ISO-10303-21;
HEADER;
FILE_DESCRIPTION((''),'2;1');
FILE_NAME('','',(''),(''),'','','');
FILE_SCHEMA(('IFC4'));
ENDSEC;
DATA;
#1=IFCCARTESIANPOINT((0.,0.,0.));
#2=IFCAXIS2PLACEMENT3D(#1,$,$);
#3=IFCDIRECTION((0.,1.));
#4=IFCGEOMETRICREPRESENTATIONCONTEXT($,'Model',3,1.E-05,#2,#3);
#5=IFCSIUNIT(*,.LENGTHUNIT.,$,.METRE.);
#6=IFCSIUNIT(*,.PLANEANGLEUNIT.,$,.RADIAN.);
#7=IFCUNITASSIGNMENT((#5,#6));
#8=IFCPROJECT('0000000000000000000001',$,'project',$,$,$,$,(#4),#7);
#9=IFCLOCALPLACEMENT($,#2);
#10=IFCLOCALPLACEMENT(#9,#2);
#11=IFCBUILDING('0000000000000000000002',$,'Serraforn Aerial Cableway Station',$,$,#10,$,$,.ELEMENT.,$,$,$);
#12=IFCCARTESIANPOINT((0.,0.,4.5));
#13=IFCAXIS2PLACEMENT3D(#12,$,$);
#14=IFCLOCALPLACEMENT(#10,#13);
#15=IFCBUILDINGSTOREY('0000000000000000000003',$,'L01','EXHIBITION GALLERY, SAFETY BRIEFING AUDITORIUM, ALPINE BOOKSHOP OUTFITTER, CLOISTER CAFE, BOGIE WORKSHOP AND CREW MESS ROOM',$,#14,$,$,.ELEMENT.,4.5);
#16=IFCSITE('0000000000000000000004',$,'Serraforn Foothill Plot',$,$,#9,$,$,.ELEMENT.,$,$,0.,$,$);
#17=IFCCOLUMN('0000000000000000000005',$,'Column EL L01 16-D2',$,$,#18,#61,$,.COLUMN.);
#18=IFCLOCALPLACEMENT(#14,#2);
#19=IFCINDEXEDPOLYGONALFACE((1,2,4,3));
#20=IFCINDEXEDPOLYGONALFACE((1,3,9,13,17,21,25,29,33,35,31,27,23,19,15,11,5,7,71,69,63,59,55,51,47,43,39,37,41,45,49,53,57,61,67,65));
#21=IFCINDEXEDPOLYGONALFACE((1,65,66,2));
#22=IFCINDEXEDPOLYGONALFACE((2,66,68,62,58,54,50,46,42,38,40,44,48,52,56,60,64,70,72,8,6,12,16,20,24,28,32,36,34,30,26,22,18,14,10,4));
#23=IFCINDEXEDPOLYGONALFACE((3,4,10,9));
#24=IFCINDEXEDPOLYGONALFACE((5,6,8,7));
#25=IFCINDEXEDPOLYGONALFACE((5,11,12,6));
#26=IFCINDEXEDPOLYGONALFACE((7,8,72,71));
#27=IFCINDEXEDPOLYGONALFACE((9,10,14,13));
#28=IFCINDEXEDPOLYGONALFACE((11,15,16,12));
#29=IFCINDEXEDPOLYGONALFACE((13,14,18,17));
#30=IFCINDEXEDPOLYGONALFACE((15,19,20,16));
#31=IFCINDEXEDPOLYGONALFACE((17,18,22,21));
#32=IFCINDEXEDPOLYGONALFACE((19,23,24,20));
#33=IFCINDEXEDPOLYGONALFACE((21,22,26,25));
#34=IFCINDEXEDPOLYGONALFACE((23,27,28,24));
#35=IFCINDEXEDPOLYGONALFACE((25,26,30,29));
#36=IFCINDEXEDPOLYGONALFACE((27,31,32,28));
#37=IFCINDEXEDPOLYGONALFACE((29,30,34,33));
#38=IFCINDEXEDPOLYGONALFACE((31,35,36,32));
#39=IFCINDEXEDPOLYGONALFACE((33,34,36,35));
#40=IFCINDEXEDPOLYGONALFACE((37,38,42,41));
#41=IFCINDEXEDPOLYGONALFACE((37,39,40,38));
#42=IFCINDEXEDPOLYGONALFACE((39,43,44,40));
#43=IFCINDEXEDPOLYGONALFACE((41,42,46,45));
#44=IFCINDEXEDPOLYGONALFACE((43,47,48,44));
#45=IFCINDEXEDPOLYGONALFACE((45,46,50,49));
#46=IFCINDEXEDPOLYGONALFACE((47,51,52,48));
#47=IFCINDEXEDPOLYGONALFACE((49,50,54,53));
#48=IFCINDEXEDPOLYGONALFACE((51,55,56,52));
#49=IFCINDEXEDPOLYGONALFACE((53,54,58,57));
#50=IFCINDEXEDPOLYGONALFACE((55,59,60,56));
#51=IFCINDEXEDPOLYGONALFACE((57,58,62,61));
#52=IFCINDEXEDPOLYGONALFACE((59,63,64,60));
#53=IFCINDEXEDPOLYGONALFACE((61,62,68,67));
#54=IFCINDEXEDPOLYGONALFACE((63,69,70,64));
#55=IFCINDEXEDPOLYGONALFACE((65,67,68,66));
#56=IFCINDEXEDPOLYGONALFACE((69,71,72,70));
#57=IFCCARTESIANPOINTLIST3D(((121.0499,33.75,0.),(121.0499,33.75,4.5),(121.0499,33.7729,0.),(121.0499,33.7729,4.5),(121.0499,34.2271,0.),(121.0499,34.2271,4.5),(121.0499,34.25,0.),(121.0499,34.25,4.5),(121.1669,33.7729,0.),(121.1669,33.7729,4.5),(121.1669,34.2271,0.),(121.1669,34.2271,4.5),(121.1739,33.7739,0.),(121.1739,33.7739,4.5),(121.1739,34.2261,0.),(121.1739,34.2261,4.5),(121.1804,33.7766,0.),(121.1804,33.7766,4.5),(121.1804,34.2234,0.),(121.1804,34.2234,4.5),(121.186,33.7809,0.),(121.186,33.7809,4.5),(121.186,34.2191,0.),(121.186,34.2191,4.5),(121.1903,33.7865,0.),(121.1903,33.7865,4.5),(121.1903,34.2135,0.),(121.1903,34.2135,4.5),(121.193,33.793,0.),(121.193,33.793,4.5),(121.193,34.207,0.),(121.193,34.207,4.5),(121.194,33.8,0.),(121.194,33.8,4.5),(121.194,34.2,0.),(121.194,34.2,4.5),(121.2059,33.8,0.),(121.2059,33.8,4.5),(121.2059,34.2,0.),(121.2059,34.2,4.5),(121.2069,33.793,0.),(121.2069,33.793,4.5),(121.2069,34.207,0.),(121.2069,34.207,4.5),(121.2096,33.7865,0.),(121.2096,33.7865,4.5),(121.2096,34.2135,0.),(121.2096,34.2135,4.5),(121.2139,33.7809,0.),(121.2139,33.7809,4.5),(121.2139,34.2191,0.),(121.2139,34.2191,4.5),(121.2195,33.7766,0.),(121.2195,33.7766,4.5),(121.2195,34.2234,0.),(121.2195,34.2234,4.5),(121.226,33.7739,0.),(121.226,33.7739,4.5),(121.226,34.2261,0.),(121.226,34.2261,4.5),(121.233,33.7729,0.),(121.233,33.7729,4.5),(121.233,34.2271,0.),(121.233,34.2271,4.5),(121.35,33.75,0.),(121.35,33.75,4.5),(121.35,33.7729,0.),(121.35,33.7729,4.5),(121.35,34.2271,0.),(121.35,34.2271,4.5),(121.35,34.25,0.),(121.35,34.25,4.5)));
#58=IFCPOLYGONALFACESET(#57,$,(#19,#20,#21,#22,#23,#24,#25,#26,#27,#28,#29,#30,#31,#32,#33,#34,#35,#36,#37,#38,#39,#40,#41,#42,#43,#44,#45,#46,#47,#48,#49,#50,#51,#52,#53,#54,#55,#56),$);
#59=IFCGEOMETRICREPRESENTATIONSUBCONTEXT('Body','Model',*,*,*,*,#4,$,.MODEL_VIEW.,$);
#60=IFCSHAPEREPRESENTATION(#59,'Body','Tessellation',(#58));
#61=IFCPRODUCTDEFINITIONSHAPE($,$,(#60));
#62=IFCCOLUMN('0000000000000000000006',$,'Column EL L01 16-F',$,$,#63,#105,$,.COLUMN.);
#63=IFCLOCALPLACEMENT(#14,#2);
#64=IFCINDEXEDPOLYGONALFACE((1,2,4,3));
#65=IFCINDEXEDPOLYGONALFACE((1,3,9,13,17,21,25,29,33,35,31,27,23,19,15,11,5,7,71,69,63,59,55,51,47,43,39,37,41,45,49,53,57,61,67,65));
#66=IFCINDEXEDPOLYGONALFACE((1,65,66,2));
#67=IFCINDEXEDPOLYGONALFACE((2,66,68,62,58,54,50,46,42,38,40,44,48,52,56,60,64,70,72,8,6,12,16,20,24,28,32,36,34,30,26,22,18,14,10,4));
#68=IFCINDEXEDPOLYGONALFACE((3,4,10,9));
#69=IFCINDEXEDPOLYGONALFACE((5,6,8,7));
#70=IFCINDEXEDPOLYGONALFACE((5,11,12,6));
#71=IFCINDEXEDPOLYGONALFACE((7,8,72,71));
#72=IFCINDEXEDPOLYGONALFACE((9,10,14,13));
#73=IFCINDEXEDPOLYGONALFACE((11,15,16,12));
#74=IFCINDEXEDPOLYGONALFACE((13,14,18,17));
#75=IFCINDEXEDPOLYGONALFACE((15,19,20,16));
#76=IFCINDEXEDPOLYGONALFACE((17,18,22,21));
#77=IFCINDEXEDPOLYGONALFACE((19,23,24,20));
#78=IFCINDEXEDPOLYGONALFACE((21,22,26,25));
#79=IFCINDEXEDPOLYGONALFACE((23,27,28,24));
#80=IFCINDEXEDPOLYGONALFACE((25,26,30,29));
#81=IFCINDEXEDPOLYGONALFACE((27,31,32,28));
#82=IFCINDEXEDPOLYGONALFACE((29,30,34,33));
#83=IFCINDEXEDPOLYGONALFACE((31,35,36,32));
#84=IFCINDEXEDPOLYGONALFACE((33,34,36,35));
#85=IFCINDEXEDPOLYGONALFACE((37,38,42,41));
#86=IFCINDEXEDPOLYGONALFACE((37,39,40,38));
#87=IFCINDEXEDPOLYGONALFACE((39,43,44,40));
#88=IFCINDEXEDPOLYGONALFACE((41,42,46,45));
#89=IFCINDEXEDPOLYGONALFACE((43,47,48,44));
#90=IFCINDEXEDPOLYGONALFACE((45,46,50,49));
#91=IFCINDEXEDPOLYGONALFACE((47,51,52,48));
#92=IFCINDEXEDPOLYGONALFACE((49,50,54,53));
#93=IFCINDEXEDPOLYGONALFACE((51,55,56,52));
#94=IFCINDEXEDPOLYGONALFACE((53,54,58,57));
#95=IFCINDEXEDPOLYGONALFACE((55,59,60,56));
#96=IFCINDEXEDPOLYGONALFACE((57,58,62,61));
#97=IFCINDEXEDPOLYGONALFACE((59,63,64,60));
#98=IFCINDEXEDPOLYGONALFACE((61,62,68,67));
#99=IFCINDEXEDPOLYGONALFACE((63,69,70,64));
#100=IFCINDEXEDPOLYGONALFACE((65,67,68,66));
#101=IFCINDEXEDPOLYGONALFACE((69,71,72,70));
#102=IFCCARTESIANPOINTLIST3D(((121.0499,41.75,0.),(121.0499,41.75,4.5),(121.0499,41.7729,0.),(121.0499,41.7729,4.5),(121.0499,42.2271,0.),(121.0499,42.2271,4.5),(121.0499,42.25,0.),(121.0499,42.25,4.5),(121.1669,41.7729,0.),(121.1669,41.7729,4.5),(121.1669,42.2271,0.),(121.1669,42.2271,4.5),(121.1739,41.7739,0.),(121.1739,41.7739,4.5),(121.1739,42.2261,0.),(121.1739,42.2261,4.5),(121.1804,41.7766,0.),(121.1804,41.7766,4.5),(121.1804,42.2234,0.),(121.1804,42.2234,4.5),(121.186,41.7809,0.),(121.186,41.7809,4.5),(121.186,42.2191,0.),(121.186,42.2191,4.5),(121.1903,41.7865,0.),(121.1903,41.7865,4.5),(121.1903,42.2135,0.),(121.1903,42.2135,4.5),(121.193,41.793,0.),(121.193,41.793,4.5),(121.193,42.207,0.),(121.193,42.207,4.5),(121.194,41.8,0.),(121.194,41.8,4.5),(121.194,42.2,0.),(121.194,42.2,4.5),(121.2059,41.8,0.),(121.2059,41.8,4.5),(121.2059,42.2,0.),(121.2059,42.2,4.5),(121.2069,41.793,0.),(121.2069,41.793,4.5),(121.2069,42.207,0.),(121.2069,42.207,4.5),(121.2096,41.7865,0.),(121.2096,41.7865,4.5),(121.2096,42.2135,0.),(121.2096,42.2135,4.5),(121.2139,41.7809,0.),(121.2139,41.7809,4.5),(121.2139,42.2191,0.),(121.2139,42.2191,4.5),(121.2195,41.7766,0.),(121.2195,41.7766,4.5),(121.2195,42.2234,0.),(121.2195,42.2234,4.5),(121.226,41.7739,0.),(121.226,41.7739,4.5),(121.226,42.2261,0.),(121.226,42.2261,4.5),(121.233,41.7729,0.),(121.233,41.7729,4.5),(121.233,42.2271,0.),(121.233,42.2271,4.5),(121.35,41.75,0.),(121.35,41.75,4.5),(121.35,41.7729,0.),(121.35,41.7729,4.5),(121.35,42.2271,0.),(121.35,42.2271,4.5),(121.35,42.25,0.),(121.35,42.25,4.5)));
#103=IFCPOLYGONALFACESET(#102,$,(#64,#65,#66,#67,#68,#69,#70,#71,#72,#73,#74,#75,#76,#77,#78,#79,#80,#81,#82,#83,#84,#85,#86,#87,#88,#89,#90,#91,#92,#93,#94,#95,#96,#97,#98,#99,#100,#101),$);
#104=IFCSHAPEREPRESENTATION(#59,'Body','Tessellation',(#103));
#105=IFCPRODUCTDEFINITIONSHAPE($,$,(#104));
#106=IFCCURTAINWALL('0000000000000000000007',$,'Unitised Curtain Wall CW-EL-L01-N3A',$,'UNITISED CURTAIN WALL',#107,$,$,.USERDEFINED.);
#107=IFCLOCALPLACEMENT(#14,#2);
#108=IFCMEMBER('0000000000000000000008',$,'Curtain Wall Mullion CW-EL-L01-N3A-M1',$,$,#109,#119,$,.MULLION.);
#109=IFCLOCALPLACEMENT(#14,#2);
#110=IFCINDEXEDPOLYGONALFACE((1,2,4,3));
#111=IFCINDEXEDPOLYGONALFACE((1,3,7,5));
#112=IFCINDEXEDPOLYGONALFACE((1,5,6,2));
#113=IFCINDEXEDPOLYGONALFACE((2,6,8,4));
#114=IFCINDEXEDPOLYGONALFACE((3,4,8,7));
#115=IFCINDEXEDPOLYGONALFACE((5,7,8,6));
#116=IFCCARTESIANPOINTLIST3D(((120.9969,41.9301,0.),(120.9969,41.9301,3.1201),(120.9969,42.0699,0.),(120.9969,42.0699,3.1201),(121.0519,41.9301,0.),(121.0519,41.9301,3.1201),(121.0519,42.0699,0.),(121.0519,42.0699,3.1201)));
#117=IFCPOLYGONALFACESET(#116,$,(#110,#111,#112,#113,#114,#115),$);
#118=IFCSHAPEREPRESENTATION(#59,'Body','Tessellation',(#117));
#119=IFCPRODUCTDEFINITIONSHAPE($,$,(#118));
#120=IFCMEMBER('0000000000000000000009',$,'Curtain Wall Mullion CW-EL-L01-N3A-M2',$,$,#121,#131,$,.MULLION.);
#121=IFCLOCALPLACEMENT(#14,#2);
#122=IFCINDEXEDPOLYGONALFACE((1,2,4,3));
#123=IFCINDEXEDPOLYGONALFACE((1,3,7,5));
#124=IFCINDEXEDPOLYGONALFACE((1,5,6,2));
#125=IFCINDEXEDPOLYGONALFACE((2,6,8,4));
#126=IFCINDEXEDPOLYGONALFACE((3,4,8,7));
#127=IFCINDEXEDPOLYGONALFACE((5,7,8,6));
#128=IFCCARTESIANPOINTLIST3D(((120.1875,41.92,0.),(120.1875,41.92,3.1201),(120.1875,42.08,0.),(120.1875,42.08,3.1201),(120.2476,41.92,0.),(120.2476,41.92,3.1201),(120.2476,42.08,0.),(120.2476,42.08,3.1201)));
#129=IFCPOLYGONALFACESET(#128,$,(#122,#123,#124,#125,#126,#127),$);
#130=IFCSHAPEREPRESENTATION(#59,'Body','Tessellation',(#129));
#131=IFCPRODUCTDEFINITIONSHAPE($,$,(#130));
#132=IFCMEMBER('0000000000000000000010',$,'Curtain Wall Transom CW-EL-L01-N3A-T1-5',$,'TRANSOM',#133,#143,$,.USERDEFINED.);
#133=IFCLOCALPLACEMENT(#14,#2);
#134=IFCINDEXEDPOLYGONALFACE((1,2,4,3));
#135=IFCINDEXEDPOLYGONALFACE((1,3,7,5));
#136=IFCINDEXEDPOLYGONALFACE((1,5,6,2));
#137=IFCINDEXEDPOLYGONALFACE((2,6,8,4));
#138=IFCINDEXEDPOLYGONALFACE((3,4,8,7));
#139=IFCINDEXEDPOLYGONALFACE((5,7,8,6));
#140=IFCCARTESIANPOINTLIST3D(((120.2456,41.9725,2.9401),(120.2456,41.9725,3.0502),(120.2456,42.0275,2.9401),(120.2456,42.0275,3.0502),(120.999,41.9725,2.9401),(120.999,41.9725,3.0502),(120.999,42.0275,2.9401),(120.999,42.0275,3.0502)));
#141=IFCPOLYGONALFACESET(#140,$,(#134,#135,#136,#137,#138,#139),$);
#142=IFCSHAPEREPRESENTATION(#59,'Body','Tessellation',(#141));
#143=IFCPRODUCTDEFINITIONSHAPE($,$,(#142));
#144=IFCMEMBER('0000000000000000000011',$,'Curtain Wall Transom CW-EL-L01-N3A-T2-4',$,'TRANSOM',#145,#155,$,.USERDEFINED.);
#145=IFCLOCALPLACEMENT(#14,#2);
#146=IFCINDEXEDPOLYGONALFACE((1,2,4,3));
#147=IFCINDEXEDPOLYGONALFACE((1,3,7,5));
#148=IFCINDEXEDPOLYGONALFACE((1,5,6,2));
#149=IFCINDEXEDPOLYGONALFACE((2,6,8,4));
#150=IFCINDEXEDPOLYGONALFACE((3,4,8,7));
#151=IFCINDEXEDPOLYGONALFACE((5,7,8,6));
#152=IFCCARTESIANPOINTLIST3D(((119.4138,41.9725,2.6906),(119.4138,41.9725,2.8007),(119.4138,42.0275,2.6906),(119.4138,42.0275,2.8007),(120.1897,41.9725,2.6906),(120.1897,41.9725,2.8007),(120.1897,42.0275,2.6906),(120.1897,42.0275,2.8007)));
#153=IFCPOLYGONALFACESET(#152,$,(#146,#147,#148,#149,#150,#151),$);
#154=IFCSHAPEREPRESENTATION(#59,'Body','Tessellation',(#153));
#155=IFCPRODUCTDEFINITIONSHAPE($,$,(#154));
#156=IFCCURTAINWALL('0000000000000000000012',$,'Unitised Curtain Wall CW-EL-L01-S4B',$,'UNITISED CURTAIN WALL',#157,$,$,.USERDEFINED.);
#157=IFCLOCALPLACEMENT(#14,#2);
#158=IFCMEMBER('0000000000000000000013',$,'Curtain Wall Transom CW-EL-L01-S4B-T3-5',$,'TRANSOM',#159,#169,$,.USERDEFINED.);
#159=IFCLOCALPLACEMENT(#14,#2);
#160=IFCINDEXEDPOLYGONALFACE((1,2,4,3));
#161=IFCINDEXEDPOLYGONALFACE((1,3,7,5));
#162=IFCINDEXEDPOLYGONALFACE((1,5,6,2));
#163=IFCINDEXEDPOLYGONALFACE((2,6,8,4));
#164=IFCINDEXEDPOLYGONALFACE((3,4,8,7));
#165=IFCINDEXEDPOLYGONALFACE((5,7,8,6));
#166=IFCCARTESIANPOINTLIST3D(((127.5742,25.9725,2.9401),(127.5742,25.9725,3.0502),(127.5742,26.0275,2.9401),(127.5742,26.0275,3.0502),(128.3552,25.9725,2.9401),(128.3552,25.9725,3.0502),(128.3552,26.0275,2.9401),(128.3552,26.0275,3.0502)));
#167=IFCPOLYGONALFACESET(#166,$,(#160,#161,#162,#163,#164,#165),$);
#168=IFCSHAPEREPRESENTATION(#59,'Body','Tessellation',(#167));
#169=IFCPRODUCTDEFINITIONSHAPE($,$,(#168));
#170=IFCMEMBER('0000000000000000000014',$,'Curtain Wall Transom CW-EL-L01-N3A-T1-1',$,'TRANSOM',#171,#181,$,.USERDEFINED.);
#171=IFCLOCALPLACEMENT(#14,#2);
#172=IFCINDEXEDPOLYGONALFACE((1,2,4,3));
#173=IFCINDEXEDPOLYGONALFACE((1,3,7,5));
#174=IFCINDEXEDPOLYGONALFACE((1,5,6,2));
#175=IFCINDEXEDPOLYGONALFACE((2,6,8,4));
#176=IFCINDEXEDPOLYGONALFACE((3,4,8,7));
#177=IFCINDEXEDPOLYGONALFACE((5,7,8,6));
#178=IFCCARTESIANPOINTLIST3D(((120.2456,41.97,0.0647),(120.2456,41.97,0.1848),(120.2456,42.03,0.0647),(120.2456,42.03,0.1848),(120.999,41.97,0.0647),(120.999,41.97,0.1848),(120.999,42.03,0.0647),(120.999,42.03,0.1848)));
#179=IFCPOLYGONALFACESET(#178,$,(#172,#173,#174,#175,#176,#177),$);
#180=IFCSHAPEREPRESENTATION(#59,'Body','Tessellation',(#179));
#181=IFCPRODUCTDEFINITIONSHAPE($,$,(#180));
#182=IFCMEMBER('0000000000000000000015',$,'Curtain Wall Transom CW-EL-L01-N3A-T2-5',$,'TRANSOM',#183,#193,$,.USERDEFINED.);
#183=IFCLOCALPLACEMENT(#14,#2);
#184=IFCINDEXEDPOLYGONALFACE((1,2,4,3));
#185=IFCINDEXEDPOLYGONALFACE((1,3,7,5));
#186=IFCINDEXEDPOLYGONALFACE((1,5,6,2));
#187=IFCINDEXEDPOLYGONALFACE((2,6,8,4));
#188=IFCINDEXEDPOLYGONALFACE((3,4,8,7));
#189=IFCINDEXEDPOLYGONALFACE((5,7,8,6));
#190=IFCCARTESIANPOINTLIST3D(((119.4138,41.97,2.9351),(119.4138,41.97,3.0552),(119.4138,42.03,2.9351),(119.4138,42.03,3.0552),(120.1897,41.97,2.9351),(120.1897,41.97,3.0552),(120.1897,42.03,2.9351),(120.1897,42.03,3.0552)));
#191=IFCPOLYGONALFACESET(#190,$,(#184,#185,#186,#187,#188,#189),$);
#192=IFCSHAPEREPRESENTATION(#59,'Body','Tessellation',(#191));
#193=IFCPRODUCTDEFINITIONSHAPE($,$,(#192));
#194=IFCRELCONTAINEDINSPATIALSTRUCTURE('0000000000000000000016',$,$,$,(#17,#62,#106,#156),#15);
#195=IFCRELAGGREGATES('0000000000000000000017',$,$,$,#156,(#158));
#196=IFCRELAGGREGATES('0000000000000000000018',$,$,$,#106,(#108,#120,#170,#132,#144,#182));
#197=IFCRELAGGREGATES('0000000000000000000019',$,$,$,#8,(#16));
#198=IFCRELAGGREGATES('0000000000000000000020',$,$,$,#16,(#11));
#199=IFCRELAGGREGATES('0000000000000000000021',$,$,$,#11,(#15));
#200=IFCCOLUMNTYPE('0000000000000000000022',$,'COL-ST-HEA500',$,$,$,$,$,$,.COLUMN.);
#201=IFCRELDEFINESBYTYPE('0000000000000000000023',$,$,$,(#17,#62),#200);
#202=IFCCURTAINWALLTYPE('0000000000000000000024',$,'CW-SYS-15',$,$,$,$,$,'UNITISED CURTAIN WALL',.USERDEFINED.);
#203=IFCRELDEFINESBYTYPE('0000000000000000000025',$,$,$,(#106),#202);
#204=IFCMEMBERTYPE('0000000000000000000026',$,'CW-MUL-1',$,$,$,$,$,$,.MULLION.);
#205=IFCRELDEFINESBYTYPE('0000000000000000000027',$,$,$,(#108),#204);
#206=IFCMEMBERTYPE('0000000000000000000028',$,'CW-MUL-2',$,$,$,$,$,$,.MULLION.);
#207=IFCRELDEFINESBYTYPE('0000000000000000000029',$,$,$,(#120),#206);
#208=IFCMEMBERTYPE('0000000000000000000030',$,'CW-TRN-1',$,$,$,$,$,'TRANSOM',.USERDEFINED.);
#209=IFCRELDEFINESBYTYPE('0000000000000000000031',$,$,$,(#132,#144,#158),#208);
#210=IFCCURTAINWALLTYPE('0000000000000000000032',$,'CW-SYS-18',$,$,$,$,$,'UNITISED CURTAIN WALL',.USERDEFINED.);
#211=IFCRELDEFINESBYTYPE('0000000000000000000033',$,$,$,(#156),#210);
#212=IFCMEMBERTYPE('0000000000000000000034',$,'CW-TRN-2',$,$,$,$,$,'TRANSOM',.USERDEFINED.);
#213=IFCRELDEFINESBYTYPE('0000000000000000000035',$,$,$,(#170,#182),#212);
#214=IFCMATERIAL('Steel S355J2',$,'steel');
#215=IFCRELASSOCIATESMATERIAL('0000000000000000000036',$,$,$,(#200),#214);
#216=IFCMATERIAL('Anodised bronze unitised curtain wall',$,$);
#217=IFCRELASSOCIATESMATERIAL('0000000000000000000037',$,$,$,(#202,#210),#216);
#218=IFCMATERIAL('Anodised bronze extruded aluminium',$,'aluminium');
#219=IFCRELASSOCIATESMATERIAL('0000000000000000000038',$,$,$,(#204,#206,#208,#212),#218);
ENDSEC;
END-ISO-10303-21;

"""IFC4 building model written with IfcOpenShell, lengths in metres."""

from ifc_helpers import new_model, si_unit, direction, frame, origin, origin_2d, place, context, subcontext, project, spatial, rectangle, i_section, extrude, material, material_profile, profile_set, type_object, element, aggregate, save


model = new_model("IFC4")

# Units and contexts
model_context = context("Model", 3, precision=1e-05, world=origin(), true_north=direction((0.0, 1.0)))
body_context = subcontext(model_context, "Body", "Model", "MODEL_VIEW")
ifc_project = project(units=[si_unit("LENGTHUNIT", "METRE"), si_unit("PLANEANGLEUNIT", "RADIAN")], contexts=[model_context])

# Site, building, storey
site_placement = place(None, origin())
site = spatial("IfcSite", under=ifc_project, at=site_placement, Name="Serraforn Foothill Plot", CompositionType="ELEMENT", RefElevation=0.0)
building_placement = place(site_placement, origin())
building = spatial("IfcBuilding", under=site, at=building_placement, Name="Serraforn Aerial Cableway Station", CompositionType="ELEMENT")
storey_placement = place(building_placement, frame((0.0, 0.0, 4.5)))
storey = spatial("IfcBuildingStorey", under=building, at=storey_placement, Name="L01", Description="EXHIBITION GALLERY, SAFETY BRIEFING AUDITORIUM, ALPINE BOOKSHOP OUTFITTER, CLOISTER CAFE, BOGIE WORKSHOP AND CREW MESS ROOM", CompositionType="ELEMENT", Elevation=4.5)

# Columns
ifc_material_1 = material(Name="Steel S355J2", Category="steel")
ifc_material_profile_1 = material_profile(ifc_material_1, i_section(OverallWidth=0.3, OverallDepth=0.5, WebThickness=0.012, FlangeThickness=0.0229, FilletRadius=0.0271, at=origin_2d()), Name="HEA 500")
ifc_profile_set_1 = profile_set([ifc_material_profile_1], Name="Steel S355J2")
column_type = type_object("IfcColumnType", Name="COL-ST-HEA500", PredefinedType="COLUMN", material=ifc_profile_set_1)
for number, where, z_axis, x_axis, name in (
    (1, (121.2, 34.0, 0.0), (0.0, 0.0, 1.0), (1.0, 0.0, 0.0), "Column EL L01 16-D2"),
    (2, (121.2, 42.0, 0.0), (0.0, 0.0, 1.0), (1.0, 0.0, 0.0), "Column EL L01 16-F"),
):
    element("IfcColumn", number, at=place(storey_placement, frame(where, z_axis=z_axis, x_axis=x_axis)), inside=storey, type_object=column_type, Name=name, PredefinedType="COLUMN", context=body_context, shape_type="SweptSolid", body=[
        extrude(i_section(OverallWidth=0.3, OverallDepth=0.5, WebThickness=0.012, FlangeThickness=0.0229, FilletRadius=0.0271, at=origin_2d()), origin(), (0.0, 0.0, 1.0), 4.5),
    ])

# Curtain wall, members
ifc_material_2 = material(Name="Anodised bronze unitised curtain wall")
curtain_wall_type_1 = type_object("IfcCurtainWallType", Name="CW-SYS-15", ElementType="UNITISED CURTAIN WALL", PredefinedType="USERDEFINED", material=ifc_material_2)
curtain_wall_1_placement = place(storey_placement, origin())
curtain_wall_1 = element("IfcCurtainWall", 3, at=curtain_wall_1_placement, inside=storey, type_object=curtain_wall_type_1, Name="Unitised Curtain Wall CW-EL-L01-N3A", ObjectType="UNITISED CURTAIN WALL", PredefinedType="USERDEFINED")
ifc_material_3 = material(Name="Anodised bronze extruded aluminium", Category="aluminium")
ifc_material_profile_2 = material_profile(ifc_material_3, rectangle(XDim=0.0549, YDim=0.1399, at=origin_2d()), Name="CW MULLION 55x140")
ifc_profile_set_2 = profile_set([ifc_material_profile_2], Name="Anodised bronze extruded aluminium")
member_type_1 = type_object("IfcMemberType", Name="CW-MUL-1", PredefinedType="MULLION", material=ifc_profile_set_2)
member_1_placement = place(storey_placement, frame((121.0244, 42.0, 0.0), z_axis=(0.0, 0.0, 1.0), x_axis=(-1.0, 0.0, 0.0)))
member_1 = element("IfcMember", 4, at=member_1_placement, type_object=member_type_1, Name="Curtain Wall Mullion CW-EL-L01-N3A-M1", PredefinedType="MULLION", context=body_context, shape_type="SweptSolid", body=[
    extrude(rectangle(XDim=0.0549, YDim=0.1399, at=origin_2d()), origin(), (0.0, 0.0, 1.0), 3.1201),
])
ifc_material_profile_3 = material_profile(ifc_material_3, rectangle(XDim=0.0601, YDim=0.1599, at=origin_2d()), Name="CW MULLION 60x160")
ifc_profile_set_3 = profile_set([ifc_material_profile_3], Name="Anodised bronze extruded aluminium")
member_type_2 = type_object("IfcMemberType", Name="CW-MUL-2", PredefinedType="MULLION", material=ifc_profile_set_3)
member_2_placement = place(storey_placement, frame((120.2175, 42.0, 0.0), z_axis=(0.0, 0.0, 1.0), x_axis=(-1.0, 0.0, 0.0)))
member_2 = element("IfcMember", 5, at=member_2_placement, type_object=member_type_2, Name="Curtain Wall Mullion CW-EL-L01-N3A-M2", PredefinedType="MULLION", context=body_context, shape_type="SweptSolid", body=[
    extrude(rectangle(XDim=0.0601, YDim=0.1599, at=origin_2d()), origin(), (0.0, 0.0, 1.0), 3.1201),
])
ifc_material_profile_4 = material_profile(ifc_material_3, rectangle(XDim=0.0549, YDim=0.1101, at=origin_2d()), Name="CW TRANSOM 55x110")
ifc_profile_set_4 = profile_set([ifc_material_profile_4], Name="Anodised bronze extruded aluminium")
member_type_3 = type_object("IfcMemberType", Name="CW-TRN-1", ElementType="TRANSOM", PredefinedType="USERDEFINED", material=ifc_profile_set_4)
member_3_placement = place(storey_placement, frame((120.999, 42.0, 2.9951), z_axis=(-1.0, 0.0, 0.0), x_axis=(0.0, -1.0, 0.0)))
member_3 = element("IfcMember", 6, at=member_3_placement, type_object=member_type_3, Name="Curtain Wall Transom CW-EL-L01-N3A-T1-5", ObjectType="TRANSOM", PredefinedType="USERDEFINED", context=body_context, shape_type="SweptSolid", body=[
    extrude(rectangle(XDim=0.0549, YDim=0.1101, at=origin_2d()), origin(), (0.0, 0.0, 1.0), 0.7534),
])
member_4_placement = place(storey_placement, frame((120.1897, 42.0, 2.7456), z_axis=(-1.0, 0.0, 0.0), x_axis=(0.0, -1.0, 0.0)))
member_4 = element("IfcMember", 7, at=member_4_placement, type_object=member_type_3, Name="Curtain Wall Transom CW-EL-L01-N3A-T2-4", ObjectType="TRANSOM", PredefinedType="USERDEFINED", context=body_context, shape_type="SweptSolid", body=[
    extrude(rectangle(XDim=0.0549, YDim=0.1101, at=origin_2d()), origin(), (0.0, 0.0, 1.0), 0.7759),
])

# Curtain wall, member
curtain_wall_type_2 = type_object("IfcCurtainWallType", Name="CW-SYS-18", ElementType="UNITISED CURTAIN WALL", PredefinedType="USERDEFINED", material=ifc_material_2)
curtain_wall_2_placement = place(storey_placement, origin())
curtain_wall_2 = element("IfcCurtainWall", 8, at=curtain_wall_2_placement, inside=storey, type_object=curtain_wall_type_2, Name="Unitised Curtain Wall CW-EL-L01-S4B", ObjectType="UNITISED CURTAIN WALL", PredefinedType="USERDEFINED")
member_5_placement = place(storey_placement, frame((127.5742, 26.0, 2.9951), z_axis=(1.0, 0.0, 0.0), x_axis=(0.0, 1.0, 0.0)))
member_5 = element("IfcMember", 9, at=member_5_placement, type_object=member_type_3, Name="Curtain Wall Transom CW-EL-L01-S4B-T3-5", ObjectType="TRANSOM", PredefinedType="USERDEFINED", context=body_context, shape_type="SweptSolid", body=[
    extrude(rectangle(XDim=0.0549, YDim=0.1101, at=origin_2d()), origin(), (0.0, 0.0, 1.0), 0.781),
])

# Members
ifc_material_profile_5 = material_profile(ifc_material_3, rectangle(XDim=0.0601, YDim=0.1201, at=origin_2d()), Name="CW TRANSOM 60x120")
ifc_profile_set_5 = profile_set([ifc_material_profile_5], Name="Anodised bronze extruded aluminium")
member_type_4 = type_object("IfcMemberType", Name="CW-TRN-2", ElementType="TRANSOM", PredefinedType="USERDEFINED", material=ifc_profile_set_5)
member_6_placement = place(storey_placement, frame((120.999, 42.0, 0.1248), z_axis=(-1.0, 0.0, 0.0), x_axis=(0.0, -1.0, 0.0)))
member_6 = element("IfcMember", 10, at=member_6_placement, type_object=member_type_4, Name="Curtain Wall Transom CW-EL-L01-N3A-T1-1", ObjectType="TRANSOM", PredefinedType="USERDEFINED", context=body_context, shape_type="SweptSolid", body=[
    extrude(rectangle(XDim=0.0601, YDim=0.1201, at=origin_2d()), origin(), (0.0, 0.0, 1.0), 0.7534),
])
member_7_placement = place(storey_placement, frame((120.1897, 42.0, 2.9951), z_axis=(-1.0, 0.0, 0.0), x_axis=(0.0, -1.0, 0.0)))
member_7 = element("IfcMember", 11, at=member_7_placement, type_object=member_type_4, Name="Curtain Wall Transom CW-EL-L01-N3A-T2-5", ObjectType="TRANSOM", PredefinedType="USERDEFINED", context=body_context, shape_type="SweptSolid", body=[
    extrude(rectangle(XDim=0.0601, YDim=0.1201, at=origin_2d()), origin(), (0.0, 0.0, 1.0), 0.7759),
])

aggregate(curtain_wall_2, [member_5])
aggregate(curtain_wall_1, [member_1, member_2, member_6, member_3, member_4, member_7])

save(model, "model.ifc")
